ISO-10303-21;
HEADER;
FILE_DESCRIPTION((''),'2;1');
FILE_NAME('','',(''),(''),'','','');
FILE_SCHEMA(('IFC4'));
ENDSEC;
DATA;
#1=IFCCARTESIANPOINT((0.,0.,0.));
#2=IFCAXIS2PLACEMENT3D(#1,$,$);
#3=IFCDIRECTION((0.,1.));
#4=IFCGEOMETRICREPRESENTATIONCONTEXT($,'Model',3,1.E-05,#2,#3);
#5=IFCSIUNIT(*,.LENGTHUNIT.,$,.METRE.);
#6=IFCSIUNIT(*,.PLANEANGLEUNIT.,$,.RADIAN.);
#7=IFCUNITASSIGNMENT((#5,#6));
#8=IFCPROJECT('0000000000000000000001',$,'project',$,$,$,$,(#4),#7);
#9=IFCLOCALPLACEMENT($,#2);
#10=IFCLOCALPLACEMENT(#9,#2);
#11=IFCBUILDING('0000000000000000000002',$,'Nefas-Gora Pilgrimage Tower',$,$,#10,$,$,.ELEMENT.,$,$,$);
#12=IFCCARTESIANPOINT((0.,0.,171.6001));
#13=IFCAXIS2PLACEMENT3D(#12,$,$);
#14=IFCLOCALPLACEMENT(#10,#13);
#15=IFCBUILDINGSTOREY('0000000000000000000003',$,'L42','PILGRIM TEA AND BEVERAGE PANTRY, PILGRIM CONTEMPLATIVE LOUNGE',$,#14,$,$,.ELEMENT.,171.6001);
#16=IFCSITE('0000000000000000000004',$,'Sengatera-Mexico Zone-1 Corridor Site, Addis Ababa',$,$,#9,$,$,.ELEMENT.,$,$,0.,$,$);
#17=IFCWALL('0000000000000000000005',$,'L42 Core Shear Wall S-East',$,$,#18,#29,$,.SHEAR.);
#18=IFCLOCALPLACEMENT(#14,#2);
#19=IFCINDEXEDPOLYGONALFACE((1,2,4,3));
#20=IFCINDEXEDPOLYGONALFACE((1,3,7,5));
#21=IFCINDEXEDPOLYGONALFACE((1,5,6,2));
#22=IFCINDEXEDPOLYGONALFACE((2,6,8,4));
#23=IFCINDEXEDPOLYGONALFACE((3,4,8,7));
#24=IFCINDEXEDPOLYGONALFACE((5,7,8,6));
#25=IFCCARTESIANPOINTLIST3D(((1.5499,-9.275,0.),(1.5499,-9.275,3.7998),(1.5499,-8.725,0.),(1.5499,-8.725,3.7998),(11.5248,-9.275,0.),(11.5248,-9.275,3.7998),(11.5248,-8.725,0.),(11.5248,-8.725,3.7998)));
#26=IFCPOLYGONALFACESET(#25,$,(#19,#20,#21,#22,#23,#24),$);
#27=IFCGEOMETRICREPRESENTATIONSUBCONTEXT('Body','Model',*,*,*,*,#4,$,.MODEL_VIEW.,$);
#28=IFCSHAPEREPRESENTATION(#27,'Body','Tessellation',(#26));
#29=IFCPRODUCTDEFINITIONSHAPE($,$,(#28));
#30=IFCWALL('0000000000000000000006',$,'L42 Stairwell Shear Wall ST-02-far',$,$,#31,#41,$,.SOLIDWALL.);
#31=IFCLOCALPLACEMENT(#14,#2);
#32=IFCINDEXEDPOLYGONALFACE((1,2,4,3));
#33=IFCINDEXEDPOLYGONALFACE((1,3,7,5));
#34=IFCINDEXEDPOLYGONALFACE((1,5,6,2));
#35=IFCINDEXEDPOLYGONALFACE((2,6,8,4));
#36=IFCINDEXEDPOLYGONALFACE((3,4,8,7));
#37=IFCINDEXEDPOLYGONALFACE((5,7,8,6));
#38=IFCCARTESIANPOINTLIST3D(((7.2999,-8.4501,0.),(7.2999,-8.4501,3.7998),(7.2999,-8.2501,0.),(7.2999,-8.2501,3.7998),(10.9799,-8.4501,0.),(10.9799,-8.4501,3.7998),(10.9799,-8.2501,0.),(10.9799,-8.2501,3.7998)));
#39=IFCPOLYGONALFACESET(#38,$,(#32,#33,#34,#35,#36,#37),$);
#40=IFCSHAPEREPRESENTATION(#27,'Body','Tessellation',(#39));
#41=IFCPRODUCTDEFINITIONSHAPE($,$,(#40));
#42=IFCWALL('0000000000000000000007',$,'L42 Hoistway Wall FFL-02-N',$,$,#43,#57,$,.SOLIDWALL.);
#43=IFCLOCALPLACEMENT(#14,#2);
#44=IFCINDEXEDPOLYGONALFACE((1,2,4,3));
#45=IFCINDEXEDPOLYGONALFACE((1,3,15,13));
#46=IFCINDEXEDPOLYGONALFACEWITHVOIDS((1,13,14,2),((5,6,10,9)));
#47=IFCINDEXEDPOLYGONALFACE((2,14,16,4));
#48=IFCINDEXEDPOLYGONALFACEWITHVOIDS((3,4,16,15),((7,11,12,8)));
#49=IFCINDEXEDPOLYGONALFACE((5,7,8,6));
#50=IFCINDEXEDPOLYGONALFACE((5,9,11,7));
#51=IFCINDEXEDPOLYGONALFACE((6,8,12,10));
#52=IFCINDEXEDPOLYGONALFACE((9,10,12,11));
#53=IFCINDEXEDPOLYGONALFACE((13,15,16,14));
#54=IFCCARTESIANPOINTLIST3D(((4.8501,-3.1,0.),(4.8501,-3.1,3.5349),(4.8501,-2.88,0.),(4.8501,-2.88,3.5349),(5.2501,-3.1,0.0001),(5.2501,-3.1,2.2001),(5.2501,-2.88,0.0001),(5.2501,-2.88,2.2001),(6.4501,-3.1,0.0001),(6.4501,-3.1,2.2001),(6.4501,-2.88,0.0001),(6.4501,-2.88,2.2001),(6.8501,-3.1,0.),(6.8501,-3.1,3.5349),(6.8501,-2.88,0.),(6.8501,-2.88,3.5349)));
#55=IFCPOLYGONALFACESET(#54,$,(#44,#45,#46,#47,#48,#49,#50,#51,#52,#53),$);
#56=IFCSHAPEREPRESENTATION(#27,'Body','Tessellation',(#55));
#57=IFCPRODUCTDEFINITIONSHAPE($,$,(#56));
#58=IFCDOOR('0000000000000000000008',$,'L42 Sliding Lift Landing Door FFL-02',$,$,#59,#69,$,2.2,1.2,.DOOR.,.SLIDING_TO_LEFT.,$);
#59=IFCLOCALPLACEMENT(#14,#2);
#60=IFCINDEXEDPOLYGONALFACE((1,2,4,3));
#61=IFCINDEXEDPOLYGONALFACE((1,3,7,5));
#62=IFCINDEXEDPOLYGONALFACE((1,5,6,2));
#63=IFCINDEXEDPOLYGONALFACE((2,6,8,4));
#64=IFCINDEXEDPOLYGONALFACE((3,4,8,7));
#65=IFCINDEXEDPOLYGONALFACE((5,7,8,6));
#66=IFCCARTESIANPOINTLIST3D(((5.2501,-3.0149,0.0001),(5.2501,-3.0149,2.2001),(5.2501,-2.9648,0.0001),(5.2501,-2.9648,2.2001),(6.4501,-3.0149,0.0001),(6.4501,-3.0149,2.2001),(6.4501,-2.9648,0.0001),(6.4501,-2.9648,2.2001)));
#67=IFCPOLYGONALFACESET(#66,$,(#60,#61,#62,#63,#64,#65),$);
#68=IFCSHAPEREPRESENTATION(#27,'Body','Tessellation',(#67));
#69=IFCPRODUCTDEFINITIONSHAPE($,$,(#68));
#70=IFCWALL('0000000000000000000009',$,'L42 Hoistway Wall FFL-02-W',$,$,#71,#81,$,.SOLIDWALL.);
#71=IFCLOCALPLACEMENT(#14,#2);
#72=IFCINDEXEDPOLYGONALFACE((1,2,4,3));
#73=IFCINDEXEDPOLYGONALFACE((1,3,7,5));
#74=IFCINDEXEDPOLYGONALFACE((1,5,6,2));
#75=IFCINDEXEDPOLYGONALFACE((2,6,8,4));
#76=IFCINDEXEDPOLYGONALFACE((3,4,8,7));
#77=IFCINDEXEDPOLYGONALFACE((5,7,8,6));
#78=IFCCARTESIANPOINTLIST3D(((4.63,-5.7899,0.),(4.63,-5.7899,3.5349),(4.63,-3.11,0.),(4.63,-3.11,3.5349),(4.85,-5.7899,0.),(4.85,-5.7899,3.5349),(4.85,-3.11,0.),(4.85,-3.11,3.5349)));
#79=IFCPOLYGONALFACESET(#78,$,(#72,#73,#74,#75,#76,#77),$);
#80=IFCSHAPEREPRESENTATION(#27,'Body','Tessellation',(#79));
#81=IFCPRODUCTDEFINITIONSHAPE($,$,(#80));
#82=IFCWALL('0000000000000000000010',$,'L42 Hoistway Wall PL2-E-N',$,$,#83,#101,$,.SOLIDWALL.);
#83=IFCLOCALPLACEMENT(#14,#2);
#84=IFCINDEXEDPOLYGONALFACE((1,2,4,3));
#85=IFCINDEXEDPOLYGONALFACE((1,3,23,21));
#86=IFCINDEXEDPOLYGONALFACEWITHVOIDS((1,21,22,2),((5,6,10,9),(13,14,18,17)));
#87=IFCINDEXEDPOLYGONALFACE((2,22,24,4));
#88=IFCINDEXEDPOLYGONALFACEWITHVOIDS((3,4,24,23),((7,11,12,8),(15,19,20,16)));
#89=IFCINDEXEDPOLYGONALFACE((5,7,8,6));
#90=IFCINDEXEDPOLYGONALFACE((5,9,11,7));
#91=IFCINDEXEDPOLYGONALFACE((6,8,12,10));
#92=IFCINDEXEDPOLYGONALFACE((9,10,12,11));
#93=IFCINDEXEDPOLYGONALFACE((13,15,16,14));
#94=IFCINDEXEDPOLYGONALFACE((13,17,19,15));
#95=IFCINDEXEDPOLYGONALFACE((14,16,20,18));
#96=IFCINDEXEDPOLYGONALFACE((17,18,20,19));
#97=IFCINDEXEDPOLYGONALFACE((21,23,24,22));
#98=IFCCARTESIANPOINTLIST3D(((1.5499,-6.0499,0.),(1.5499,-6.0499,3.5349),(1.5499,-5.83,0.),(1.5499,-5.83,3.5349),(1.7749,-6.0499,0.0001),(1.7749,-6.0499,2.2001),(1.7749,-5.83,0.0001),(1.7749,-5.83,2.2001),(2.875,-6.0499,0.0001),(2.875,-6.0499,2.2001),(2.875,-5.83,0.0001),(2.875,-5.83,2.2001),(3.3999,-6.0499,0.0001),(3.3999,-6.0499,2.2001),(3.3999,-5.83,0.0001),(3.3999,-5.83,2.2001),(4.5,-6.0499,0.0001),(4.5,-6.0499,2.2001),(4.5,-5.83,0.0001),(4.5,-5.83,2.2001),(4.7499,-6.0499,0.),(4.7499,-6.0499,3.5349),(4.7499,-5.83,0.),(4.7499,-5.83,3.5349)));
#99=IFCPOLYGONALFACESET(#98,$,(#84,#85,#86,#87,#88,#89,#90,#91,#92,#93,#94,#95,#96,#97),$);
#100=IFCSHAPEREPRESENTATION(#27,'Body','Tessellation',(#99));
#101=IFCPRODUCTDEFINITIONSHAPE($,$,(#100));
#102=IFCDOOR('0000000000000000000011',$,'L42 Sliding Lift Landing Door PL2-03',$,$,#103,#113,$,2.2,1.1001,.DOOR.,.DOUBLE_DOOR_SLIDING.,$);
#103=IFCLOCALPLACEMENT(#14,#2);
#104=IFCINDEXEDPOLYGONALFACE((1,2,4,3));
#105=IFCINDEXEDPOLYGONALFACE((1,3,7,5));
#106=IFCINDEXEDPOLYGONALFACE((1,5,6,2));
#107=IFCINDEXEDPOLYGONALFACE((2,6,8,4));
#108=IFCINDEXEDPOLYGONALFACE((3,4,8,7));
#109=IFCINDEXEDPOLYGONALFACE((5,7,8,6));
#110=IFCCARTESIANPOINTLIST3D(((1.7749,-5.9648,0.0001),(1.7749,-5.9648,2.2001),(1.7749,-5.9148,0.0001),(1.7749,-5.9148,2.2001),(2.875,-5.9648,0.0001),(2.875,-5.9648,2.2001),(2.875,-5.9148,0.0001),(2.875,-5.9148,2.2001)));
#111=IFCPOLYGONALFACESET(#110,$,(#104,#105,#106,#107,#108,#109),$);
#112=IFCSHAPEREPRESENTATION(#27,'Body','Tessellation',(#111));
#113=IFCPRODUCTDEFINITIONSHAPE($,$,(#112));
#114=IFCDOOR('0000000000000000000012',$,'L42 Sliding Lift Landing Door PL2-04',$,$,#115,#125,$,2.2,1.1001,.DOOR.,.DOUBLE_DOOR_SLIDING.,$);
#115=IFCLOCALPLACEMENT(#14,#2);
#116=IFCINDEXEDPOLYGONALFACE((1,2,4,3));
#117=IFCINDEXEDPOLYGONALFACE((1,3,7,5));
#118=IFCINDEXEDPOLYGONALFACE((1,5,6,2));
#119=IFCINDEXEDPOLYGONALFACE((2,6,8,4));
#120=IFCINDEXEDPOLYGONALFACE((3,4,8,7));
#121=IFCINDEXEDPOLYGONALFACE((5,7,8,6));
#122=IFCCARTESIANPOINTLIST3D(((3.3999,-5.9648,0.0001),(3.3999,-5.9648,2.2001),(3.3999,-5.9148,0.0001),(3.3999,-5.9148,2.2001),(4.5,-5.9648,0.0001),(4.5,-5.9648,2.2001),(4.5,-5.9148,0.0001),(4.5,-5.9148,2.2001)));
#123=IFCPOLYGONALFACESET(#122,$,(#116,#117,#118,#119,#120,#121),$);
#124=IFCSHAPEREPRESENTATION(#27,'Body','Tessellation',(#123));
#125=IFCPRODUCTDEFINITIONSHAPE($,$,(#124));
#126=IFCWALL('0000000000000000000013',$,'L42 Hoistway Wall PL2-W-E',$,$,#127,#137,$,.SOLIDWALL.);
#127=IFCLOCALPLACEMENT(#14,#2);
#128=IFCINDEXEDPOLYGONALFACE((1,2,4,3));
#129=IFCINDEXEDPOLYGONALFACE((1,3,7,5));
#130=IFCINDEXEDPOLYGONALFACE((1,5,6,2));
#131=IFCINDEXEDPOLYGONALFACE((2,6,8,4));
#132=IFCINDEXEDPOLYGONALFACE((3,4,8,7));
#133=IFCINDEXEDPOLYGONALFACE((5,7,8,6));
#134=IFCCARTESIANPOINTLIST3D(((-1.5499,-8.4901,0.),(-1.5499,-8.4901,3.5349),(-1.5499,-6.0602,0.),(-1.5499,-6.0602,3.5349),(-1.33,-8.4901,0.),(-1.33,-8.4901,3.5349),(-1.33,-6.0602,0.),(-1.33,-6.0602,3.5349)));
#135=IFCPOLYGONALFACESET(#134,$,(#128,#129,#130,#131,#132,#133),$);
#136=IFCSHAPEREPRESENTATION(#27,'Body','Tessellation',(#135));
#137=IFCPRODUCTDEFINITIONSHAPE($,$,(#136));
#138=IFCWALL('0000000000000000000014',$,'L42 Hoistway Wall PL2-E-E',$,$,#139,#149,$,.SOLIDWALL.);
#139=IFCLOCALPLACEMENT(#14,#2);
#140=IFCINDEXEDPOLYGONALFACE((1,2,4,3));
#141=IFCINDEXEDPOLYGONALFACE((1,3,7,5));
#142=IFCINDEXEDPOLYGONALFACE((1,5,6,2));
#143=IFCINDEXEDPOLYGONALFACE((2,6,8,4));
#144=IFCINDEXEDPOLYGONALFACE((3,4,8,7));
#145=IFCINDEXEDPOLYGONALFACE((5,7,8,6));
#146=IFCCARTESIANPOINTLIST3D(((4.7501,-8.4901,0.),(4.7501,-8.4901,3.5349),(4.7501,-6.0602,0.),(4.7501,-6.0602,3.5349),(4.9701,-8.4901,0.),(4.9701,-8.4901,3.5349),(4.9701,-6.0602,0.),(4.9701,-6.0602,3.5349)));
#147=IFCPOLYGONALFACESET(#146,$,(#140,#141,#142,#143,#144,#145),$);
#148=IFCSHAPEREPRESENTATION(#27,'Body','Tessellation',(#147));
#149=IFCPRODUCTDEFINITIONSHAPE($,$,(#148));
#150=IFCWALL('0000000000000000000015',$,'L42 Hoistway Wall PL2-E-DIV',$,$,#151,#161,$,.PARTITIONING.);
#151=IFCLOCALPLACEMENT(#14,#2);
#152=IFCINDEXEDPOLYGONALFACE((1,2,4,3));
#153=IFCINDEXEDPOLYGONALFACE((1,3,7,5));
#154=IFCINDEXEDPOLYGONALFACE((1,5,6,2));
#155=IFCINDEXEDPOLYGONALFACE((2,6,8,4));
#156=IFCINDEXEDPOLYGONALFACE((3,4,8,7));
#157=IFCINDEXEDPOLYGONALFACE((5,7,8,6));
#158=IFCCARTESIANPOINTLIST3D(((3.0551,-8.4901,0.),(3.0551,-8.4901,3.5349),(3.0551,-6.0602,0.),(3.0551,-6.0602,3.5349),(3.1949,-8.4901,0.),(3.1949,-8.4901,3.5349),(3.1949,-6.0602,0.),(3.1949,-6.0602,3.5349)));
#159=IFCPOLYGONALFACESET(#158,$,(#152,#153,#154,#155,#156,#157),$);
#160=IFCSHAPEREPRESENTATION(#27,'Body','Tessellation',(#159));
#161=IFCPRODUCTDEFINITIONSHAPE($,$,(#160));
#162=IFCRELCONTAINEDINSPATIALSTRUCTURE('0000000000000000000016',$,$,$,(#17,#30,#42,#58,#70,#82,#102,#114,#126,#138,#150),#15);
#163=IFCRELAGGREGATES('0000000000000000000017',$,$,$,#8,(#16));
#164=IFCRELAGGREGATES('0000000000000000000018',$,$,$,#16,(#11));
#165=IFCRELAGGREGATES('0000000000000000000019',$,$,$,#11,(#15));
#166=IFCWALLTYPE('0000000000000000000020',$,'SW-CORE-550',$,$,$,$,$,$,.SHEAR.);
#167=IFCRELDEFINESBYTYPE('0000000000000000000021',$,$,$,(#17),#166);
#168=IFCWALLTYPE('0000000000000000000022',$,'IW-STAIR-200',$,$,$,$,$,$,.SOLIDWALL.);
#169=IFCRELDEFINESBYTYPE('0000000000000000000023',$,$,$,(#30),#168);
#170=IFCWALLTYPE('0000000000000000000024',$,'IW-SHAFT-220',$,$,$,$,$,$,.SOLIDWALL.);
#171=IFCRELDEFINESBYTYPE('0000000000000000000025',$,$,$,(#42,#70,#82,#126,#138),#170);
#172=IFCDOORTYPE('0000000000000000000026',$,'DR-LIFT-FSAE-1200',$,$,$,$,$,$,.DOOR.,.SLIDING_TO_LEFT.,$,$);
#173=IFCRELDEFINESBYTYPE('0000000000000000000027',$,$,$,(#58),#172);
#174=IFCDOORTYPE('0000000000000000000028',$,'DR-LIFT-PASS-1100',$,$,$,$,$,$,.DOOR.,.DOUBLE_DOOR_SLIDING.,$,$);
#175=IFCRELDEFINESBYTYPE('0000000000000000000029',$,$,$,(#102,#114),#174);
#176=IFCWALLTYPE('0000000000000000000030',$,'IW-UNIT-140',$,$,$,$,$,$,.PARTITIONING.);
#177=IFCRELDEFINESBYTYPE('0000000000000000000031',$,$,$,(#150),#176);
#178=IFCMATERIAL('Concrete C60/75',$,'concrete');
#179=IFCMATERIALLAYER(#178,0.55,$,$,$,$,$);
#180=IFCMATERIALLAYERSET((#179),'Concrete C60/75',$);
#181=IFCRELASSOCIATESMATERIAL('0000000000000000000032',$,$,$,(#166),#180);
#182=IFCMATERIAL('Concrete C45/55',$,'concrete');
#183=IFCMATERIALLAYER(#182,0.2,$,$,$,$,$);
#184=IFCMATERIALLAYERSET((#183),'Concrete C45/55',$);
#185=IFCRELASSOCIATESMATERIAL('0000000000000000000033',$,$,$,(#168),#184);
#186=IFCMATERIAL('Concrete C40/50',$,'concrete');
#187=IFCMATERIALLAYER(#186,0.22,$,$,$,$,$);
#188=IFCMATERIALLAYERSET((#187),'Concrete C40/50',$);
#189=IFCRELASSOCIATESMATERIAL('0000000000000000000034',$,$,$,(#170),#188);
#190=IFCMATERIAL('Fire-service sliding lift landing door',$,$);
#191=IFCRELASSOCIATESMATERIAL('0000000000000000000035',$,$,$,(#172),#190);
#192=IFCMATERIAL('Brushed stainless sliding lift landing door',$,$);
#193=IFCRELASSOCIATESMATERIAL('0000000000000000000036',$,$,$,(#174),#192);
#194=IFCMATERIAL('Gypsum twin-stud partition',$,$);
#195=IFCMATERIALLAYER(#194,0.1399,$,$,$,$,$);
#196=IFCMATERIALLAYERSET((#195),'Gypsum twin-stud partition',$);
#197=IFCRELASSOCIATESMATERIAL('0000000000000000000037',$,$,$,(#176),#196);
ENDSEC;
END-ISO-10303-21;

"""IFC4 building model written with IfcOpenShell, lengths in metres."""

from ifc_helpers import new_model, si_unit, direction, frame, frame_2d, origin, place, context, subcontext, project, spatial, rectangle, extrude, source, transform, mapped, material, layer, layer_set, type_object, element, fill, save


model = new_model("IFC4")

# Units and contexts
model_context = context("Model", 3, precision=1e-05, world=origin(), true_north=direction((0.0, 1.0)))
body_context = subcontext(model_context, "Body", "Model", "MODEL_VIEW")
ifc_project = project(units=[si_unit("LENGTHUNIT", "METRE"), si_unit("PLANEANGLEUNIT", "RADIAN")], contexts=[model_context])

# Site, building, storey
site_placement = place(None, origin())
site = spatial("IfcSite", under=ifc_project, at=site_placement, Name="Sengatera-Mexico Zone-1 Corridor Site, Addis Ababa", CompositionType="ELEMENT", RefElevation=0.0)
building_placement = place(site_placement, origin())
building = spatial("IfcBuilding", under=site, at=building_placement, Name="Nefas-Gora Pilgrimage Tower", CompositionType="ELEMENT")
storey_placement = place(building_placement, frame((0.0, 0.0, 171.6001)))
storey = spatial("IfcBuildingStorey", under=building, at=storey_placement, Name="L42", Description="PILGRIM TEA AND BEVERAGE PANTRY, PILGRIM CONTEMPLATIVE LOUNGE", CompositionType="ELEMENT", Elevation=171.6001)

# Walls
ifc_material_1 = material(Name="Concrete C60/75", Category="concrete")
ifc_layer_1 = layer(ifc_material_1, 0.55)
ifc_layer_set_1 = layer_set([ifc_layer_1], Name="Concrete C60/75")
wall_type_1 = type_object("IfcWallType", Name="SW-CORE-550", PredefinedType="SHEAR", material=ifc_layer_set_1)
shared_shape_1 = source(origin(), body_context, "Body", "SweptSolid", [
    extrude(rectangle(XDim=9.9749, YDim=0.55, at=frame_2d((4.9873, 0.0))), origin(), (0.0, 0.0, 1.0), 3.7998),
])
wall_1_placement = place(storey_placement, frame((1.55, -9.0, 0.0), z_axis=(0.0, 0.0, 1.0), x_axis=(1.0, 0.0, 0.0)))
element("IfcWall", 1, at=wall_1_placement, inside=storey, type_object=wall_type_1, Name="L42 Core Shear Wall S-East", PredefinedType="SHEAR", context=body_context, shape_type="MappedRepresentation", body=[
    mapped(shared_shape_1, transform((0.0, 0.0, 0.0), x_axis=(1.0, 0.0, 0.0), y_axis=(0.0, 1.0, 0.0), z_axis=(0.0, 0.0, 1.0), scale=1.0)),
])
ifc_material_2 = material(Name="Concrete C45/55", Category="concrete")
ifc_layer_2 = layer(ifc_material_2, 0.2)
ifc_layer_set_2 = layer_set([ifc_layer_2], Name="Concrete C45/55")
wall_type_2 = type_object("IfcWallType", Name="IW-STAIR-200", PredefinedType="SOLIDWALL", material=ifc_layer_set_2)
shared_shape_2 = source(origin(), body_context, "Body", "SweptSolid", [
    extrude(rectangle(XDim=3.6799, YDim=0.2, at=frame_2d((1.8398, 0.0))), origin(), (0.0, 0.0, 1.0), 3.7998),
])
wall_2_placement = place(storey_placement, frame((7.3, -8.3501, 0.0), z_axis=(0.0, 0.0, 1.0), x_axis=(1.0, 0.0, 0.0)))
element("IfcWall", 2, at=wall_2_placement, inside=storey, type_object=wall_type_2, Name="L42 Stairwell Shear Wall ST-02-far", PredefinedType="SOLIDWALL", context=body_context, shape_type="MappedRepresentation", body=[
    mapped(shared_shape_2, transform((0.0, 0.0, 0.0), x_axis=(1.0, 0.0, 0.0), y_axis=(0.0, 1.0, 0.0), z_axis=(0.0, 0.0, 1.0), scale=1.0)),
])

# Wall, opening, door
ifc_material_3 = material(Name="Concrete C40/50", Category="concrete")
ifc_layer_3 = layer(ifc_material_3, 0.22)
ifc_layer_set_3 = layer_set([ifc_layer_3], Name="Concrete C40/50")
wall_type_3 = type_object("IfcWallType", Name="IW-SHAFT-220", PredefinedType="SOLIDWALL", material=ifc_layer_set_3)
shared_shape_3 = source(origin(), body_context, "Body", "SweptSolid", [
    extrude(rectangle(XDim=2.0, YDim=0.22, at=frame_2d((1.0, 0.0))), origin(), (0.0, 0.0, 1.0), 3.5349),
])
wall_3_placement = place(storey_placement, frame((6.8501, -2.99, 0.0), z_axis=(0.0, 0.0, 1.0), x_axis=(-1.0, 0.0, 0.0)))
wall_3 = element("IfcWall", 3, at=wall_3_placement, inside=storey, type_object=wall_type_3, Name="L42 Hoistway Wall FFL-02-N", PredefinedType="SOLIDWALL", context=body_context, shape_type="MappedRepresentation", body=[
    mapped(shared_shape_3, transform((0.0, 0.0, 0.0), x_axis=(1.0, 0.0, 0.0), y_axis=(0.0, 1.0, 0.0), z_axis=(0.0, 0.0, 1.0), scale=1.0)),
])
opening_1_placement = place(wall_3_placement, frame((0.3999, 0.0, 0.0)))
opening_1 = element("IfcOpeningElement", 4, at=opening_1_placement, cuts=wall_3, PredefinedType="OPENING", context=body_context, shape_type="SweptSolid", body=[
    extrude(rectangle(XDim=1.2, YDim=2.2, at=frame_2d((0.6001, 1.1001))), frame((0.0, 0.1199, 0.0), z_axis=(0.0, -1.0, 0.0), x_axis=(1.0, 0.0, 0.0)), (0.0, 0.0, 1.0), 0.24),
])
ifc_material_4 = material(Name="Fire-service sliding lift landing door")
door_type_1 = type_object("IfcDoorType", Name="DR-LIFT-FSAE-1200", OperationType="SLIDING_TO_LEFT", PredefinedType="DOOR", material=ifc_material_4)
shared_shape_4 = source(origin(), body_context, "Body", "SweptSolid", [
    extrude(rectangle(XDim=1.2, YDim=2.2, at=frame_2d((0.6001, 1.1001))), frame((0.0, 0.0249, 0.0), z_axis=(0.0, -1.0, 0.0), x_axis=(1.0, 0.0, 0.0)), (0.0, 0.0, 1.0), 0.05),
])
door_1_placement = place(opening_1_placement, origin())
door_1 = element("IfcDoor", 5, at=door_1_placement, inside=storey, type_object=door_type_1, Name="L42 Sliding Lift Landing Door FFL-02", OperationType="SLIDING_TO_LEFT", OverallHeight=2.2, OverallWidth=1.2, PredefinedType="DOOR", context=body_context, shape_type="MappedRepresentation", body=[
    mapped(shared_shape_4, transform((0.0, 0.0, 0.0), x_axis=(1.0, 0.0, 0.0), y_axis=(0.0, 1.0, 0.0), z_axis=(0.0, 0.0, 1.0), scale=1.0)),
])
fill(opening_1, door_1)

# Wall
shared_shape_5 = source(origin(), body_context, "Body", "SweptSolid", [
    extrude(rectangle(XDim=2.6799, YDim=0.22, at=frame_2d((1.3398, 0.0))), origin(), (0.0, 0.0, 1.0), 3.5349),
])
wall_4_placement = place(storey_placement, frame((4.74, -3.1101, 0.0), z_axis=(0.0, 0.0, 1.0), x_axis=(0.0, -1.0, 0.0)))
element("IfcWall", 6, at=wall_4_placement, inside=storey, type_object=wall_type_3, Name="L42 Hoistway Wall FFL-02-W", PredefinedType="SOLIDWALL", context=body_context, shape_type="MappedRepresentation", body=[
    mapped(shared_shape_5, transform((0.0, 0.0, 0.0), x_axis=(1.0, 0.0, 0.0), y_axis=(0.0, 1.0, 0.0), z_axis=(0.0, 0.0, 1.0), scale=1.0)),
])

# Wall, openings, doors
shared_shape_6 = source(origin(), body_context, "Body", "SweptSolid", [
    extrude(rectangle(XDim=3.2, YDim=0.22, at=frame_2d((1.6001, 0.0))), origin(), (0.0, 0.0, 1.0), 3.5349),
])
wall_5_placement = place(storey_placement, frame((4.75, -5.9399, 0.0), z_axis=(0.0, 0.0, 1.0), x_axis=(-1.0, 0.0, 0.0)))
wall_5 = element("IfcWall", 7, at=wall_5_placement, inside=storey, type_object=wall_type_3, Name="L42 Hoistway Wall PL2-E-N", PredefinedType="SOLIDWALL", context=body_context, shape_type="MappedRepresentation", body=[
    mapped(shared_shape_6, transform((0.0, 0.0, 0.0), x_axis=(1.0, 0.0, 0.0), y_axis=(0.0, 1.0, 0.0), z_axis=(0.0, 0.0, 1.0), scale=1.0)),
])
opening_2_placement = place(wall_5_placement, frame((1.875, 0.0, 0.0)))
opening_2 = element("IfcOpeningElement", 8, at=opening_2_placement, cuts=wall_5, PredefinedType="OPENING", context=body_context, shape_type="SweptSolid", body=[
    extrude(rectangle(XDim=1.1001, YDim=2.2, at=frame_2d((0.55, 1.1001))), frame((0.0, 0.1199, 0.0), z_axis=(0.0, -1.0, 0.0), x_axis=(1.0, 0.0, 0.0)), (0.0, 0.0, 1.0), 0.24),
])
opening_3_placement = place(wall_5_placement, frame((0.25, 0.0, 0.0)))
opening_3 = element("IfcOpeningElement", 9, at=opening_3_placement, cuts=wall_5, PredefinedType="OPENING", context=body_context, shape_type="SweptSolid", body=[
    extrude(rectangle(XDim=1.1001, YDim=2.2, at=frame_2d((0.55, 1.1001))), frame((0.0, 0.1199, 0.0), z_axis=(0.0, -1.0, 0.0), x_axis=(1.0, 0.0, 0.0)), (0.0, 0.0, 1.0), 0.24),
])
ifc_material_5 = material(Name="Brushed stainless sliding lift landing door")
door_type_2 = type_object("IfcDoorType", Name="DR-LIFT-PASS-1100", OperationType="DOUBLE_DOOR_SLIDING", PredefinedType="DOOR", material=ifc_material_5)
shared_shape_7 = source(origin(), body_context, "Body", "SweptSolid", [
    extrude(rectangle(XDim=1.1001, YDim=2.2, at=frame_2d((0.55, 1.1001))), frame((0.0, 0.0249, 0.0), z_axis=(0.0, -1.0, 0.0), x_axis=(1.0, 0.0, 0.0)), (0.0, 0.0, 1.0), 0.05),
])
door_2_placement = place(opening_2_placement, origin())
door_2 = element("IfcDoor", 10, at=door_2_placement, inside=storey, type_object=door_type_2, Name="L42 Sliding Lift Landing Door PL2-03", OperationType="DOUBLE_DOOR_SLIDING", OverallHeight=2.2, OverallWidth=1.1001, PredefinedType="DOOR", context=body_context, shape_type="MappedRepresentation", body=[
    mapped(shared_shape_7, transform((0.0, 0.0, 0.0), x_axis=(1.0, 0.0, 0.0), y_axis=(0.0, 1.0, 0.0), z_axis=(0.0, 0.0, 1.0), scale=1.0)),
])
fill(opening_2, door_2)
door_3_placement = place(opening_3_placement, origin())
door_3 = element("IfcDoor", 11, at=door_3_placement, inside=storey, type_object=door_type_2, Name="L42 Sliding Lift Landing Door PL2-04", OperationType="DOUBLE_DOOR_SLIDING", OverallHeight=2.2, OverallWidth=1.1001, PredefinedType="DOOR", context=body_context, shape_type="MappedRepresentation", body=[
    mapped(shared_shape_7, transform((0.0, 0.0, 0.0), x_axis=(1.0, 0.0, 0.0), y_axis=(0.0, 1.0, 0.0), z_axis=(0.0, 0.0, 1.0), scale=1.0)),
])
fill(opening_3, door_3)

# Walls
shared_shape_8 = source(origin(), body_context, "Body", "SweptSolid", [
    extrude(rectangle(XDim=2.4299, YDim=0.22, at=frame_2d((1.2148, 0.0))), origin(), (0.0, 0.0, 1.0), 3.5349),
])
for number, where, z_axis, x_axis, name in (
    (12, (-1.4399, -8.49, 0.0), (0.0, 0.0, 1.0), (0.0, 1.0, 0.0), "L42 Hoistway Wall PL2-W-E"),
    (13, (4.8601, -8.49, 0.0), (0.0, 0.0, 1.0), (0.0, 1.0, 0.0), "L42 Hoistway Wall PL2-E-E"),
):
    element("IfcWall", number, at=place(storey_placement, frame(where, z_axis=z_axis, x_axis=x_axis)), inside=storey, type_object=wall_type_3, Name=name, PredefinedType="SOLIDWALL", context=body_context, shape_type="MappedRepresentation", body=[
        mapped(shared_shape_8, transform((0.0, 0.0, 0.0), x_axis=(1.0, 0.0, 0.0), y_axis=(0.0, 1.0, 0.0), z_axis=(0.0, 0.0, 1.0), scale=1.0)),
    ])
ifc_material_6 = material(Name="Gypsum twin-stud partition")
ifc_layer_4 = layer(ifc_material_6, 0.1399)
ifc_layer_set_4 = layer_set([ifc_layer_4], Name="Gypsum twin-stud partition")
wall_type_4 = type_object("IfcWallType", Name="IW-UNIT-140", PredefinedType="PARTITIONING", material=ifc_layer_set_4)
shared_shape_9 = source(origin(), body_context, "Body", "SweptSolid", [
    extrude(rectangle(XDim=2.4299, YDim=0.1399, at=frame_2d((1.2148, 0.0))), origin(), (0.0, 0.0, 1.0), 3.5349),
])
wall_6_placement = place(storey_placement, frame((3.125, -8.49, 0.0), z_axis=(0.0, 0.0, 1.0), x_axis=(0.0, 1.0, 0.0)))
element("IfcWall", 14, at=wall_6_placement, inside=storey, type_object=wall_type_4, Name="L42 Hoistway Wall PL2-E-DIV", PredefinedType="PARTITIONING", context=body_context, shape_type="MappedRepresentation", body=[
    mapped(shared_shape_9, transform((0.0, 0.0, 0.0), x_axis=(1.0, 0.0, 0.0), y_axis=(0.0, 1.0, 0.0), z_axis=(0.0, 0.0, 1.0), scale=1.0)),
])

save(model, "model.ifc")
